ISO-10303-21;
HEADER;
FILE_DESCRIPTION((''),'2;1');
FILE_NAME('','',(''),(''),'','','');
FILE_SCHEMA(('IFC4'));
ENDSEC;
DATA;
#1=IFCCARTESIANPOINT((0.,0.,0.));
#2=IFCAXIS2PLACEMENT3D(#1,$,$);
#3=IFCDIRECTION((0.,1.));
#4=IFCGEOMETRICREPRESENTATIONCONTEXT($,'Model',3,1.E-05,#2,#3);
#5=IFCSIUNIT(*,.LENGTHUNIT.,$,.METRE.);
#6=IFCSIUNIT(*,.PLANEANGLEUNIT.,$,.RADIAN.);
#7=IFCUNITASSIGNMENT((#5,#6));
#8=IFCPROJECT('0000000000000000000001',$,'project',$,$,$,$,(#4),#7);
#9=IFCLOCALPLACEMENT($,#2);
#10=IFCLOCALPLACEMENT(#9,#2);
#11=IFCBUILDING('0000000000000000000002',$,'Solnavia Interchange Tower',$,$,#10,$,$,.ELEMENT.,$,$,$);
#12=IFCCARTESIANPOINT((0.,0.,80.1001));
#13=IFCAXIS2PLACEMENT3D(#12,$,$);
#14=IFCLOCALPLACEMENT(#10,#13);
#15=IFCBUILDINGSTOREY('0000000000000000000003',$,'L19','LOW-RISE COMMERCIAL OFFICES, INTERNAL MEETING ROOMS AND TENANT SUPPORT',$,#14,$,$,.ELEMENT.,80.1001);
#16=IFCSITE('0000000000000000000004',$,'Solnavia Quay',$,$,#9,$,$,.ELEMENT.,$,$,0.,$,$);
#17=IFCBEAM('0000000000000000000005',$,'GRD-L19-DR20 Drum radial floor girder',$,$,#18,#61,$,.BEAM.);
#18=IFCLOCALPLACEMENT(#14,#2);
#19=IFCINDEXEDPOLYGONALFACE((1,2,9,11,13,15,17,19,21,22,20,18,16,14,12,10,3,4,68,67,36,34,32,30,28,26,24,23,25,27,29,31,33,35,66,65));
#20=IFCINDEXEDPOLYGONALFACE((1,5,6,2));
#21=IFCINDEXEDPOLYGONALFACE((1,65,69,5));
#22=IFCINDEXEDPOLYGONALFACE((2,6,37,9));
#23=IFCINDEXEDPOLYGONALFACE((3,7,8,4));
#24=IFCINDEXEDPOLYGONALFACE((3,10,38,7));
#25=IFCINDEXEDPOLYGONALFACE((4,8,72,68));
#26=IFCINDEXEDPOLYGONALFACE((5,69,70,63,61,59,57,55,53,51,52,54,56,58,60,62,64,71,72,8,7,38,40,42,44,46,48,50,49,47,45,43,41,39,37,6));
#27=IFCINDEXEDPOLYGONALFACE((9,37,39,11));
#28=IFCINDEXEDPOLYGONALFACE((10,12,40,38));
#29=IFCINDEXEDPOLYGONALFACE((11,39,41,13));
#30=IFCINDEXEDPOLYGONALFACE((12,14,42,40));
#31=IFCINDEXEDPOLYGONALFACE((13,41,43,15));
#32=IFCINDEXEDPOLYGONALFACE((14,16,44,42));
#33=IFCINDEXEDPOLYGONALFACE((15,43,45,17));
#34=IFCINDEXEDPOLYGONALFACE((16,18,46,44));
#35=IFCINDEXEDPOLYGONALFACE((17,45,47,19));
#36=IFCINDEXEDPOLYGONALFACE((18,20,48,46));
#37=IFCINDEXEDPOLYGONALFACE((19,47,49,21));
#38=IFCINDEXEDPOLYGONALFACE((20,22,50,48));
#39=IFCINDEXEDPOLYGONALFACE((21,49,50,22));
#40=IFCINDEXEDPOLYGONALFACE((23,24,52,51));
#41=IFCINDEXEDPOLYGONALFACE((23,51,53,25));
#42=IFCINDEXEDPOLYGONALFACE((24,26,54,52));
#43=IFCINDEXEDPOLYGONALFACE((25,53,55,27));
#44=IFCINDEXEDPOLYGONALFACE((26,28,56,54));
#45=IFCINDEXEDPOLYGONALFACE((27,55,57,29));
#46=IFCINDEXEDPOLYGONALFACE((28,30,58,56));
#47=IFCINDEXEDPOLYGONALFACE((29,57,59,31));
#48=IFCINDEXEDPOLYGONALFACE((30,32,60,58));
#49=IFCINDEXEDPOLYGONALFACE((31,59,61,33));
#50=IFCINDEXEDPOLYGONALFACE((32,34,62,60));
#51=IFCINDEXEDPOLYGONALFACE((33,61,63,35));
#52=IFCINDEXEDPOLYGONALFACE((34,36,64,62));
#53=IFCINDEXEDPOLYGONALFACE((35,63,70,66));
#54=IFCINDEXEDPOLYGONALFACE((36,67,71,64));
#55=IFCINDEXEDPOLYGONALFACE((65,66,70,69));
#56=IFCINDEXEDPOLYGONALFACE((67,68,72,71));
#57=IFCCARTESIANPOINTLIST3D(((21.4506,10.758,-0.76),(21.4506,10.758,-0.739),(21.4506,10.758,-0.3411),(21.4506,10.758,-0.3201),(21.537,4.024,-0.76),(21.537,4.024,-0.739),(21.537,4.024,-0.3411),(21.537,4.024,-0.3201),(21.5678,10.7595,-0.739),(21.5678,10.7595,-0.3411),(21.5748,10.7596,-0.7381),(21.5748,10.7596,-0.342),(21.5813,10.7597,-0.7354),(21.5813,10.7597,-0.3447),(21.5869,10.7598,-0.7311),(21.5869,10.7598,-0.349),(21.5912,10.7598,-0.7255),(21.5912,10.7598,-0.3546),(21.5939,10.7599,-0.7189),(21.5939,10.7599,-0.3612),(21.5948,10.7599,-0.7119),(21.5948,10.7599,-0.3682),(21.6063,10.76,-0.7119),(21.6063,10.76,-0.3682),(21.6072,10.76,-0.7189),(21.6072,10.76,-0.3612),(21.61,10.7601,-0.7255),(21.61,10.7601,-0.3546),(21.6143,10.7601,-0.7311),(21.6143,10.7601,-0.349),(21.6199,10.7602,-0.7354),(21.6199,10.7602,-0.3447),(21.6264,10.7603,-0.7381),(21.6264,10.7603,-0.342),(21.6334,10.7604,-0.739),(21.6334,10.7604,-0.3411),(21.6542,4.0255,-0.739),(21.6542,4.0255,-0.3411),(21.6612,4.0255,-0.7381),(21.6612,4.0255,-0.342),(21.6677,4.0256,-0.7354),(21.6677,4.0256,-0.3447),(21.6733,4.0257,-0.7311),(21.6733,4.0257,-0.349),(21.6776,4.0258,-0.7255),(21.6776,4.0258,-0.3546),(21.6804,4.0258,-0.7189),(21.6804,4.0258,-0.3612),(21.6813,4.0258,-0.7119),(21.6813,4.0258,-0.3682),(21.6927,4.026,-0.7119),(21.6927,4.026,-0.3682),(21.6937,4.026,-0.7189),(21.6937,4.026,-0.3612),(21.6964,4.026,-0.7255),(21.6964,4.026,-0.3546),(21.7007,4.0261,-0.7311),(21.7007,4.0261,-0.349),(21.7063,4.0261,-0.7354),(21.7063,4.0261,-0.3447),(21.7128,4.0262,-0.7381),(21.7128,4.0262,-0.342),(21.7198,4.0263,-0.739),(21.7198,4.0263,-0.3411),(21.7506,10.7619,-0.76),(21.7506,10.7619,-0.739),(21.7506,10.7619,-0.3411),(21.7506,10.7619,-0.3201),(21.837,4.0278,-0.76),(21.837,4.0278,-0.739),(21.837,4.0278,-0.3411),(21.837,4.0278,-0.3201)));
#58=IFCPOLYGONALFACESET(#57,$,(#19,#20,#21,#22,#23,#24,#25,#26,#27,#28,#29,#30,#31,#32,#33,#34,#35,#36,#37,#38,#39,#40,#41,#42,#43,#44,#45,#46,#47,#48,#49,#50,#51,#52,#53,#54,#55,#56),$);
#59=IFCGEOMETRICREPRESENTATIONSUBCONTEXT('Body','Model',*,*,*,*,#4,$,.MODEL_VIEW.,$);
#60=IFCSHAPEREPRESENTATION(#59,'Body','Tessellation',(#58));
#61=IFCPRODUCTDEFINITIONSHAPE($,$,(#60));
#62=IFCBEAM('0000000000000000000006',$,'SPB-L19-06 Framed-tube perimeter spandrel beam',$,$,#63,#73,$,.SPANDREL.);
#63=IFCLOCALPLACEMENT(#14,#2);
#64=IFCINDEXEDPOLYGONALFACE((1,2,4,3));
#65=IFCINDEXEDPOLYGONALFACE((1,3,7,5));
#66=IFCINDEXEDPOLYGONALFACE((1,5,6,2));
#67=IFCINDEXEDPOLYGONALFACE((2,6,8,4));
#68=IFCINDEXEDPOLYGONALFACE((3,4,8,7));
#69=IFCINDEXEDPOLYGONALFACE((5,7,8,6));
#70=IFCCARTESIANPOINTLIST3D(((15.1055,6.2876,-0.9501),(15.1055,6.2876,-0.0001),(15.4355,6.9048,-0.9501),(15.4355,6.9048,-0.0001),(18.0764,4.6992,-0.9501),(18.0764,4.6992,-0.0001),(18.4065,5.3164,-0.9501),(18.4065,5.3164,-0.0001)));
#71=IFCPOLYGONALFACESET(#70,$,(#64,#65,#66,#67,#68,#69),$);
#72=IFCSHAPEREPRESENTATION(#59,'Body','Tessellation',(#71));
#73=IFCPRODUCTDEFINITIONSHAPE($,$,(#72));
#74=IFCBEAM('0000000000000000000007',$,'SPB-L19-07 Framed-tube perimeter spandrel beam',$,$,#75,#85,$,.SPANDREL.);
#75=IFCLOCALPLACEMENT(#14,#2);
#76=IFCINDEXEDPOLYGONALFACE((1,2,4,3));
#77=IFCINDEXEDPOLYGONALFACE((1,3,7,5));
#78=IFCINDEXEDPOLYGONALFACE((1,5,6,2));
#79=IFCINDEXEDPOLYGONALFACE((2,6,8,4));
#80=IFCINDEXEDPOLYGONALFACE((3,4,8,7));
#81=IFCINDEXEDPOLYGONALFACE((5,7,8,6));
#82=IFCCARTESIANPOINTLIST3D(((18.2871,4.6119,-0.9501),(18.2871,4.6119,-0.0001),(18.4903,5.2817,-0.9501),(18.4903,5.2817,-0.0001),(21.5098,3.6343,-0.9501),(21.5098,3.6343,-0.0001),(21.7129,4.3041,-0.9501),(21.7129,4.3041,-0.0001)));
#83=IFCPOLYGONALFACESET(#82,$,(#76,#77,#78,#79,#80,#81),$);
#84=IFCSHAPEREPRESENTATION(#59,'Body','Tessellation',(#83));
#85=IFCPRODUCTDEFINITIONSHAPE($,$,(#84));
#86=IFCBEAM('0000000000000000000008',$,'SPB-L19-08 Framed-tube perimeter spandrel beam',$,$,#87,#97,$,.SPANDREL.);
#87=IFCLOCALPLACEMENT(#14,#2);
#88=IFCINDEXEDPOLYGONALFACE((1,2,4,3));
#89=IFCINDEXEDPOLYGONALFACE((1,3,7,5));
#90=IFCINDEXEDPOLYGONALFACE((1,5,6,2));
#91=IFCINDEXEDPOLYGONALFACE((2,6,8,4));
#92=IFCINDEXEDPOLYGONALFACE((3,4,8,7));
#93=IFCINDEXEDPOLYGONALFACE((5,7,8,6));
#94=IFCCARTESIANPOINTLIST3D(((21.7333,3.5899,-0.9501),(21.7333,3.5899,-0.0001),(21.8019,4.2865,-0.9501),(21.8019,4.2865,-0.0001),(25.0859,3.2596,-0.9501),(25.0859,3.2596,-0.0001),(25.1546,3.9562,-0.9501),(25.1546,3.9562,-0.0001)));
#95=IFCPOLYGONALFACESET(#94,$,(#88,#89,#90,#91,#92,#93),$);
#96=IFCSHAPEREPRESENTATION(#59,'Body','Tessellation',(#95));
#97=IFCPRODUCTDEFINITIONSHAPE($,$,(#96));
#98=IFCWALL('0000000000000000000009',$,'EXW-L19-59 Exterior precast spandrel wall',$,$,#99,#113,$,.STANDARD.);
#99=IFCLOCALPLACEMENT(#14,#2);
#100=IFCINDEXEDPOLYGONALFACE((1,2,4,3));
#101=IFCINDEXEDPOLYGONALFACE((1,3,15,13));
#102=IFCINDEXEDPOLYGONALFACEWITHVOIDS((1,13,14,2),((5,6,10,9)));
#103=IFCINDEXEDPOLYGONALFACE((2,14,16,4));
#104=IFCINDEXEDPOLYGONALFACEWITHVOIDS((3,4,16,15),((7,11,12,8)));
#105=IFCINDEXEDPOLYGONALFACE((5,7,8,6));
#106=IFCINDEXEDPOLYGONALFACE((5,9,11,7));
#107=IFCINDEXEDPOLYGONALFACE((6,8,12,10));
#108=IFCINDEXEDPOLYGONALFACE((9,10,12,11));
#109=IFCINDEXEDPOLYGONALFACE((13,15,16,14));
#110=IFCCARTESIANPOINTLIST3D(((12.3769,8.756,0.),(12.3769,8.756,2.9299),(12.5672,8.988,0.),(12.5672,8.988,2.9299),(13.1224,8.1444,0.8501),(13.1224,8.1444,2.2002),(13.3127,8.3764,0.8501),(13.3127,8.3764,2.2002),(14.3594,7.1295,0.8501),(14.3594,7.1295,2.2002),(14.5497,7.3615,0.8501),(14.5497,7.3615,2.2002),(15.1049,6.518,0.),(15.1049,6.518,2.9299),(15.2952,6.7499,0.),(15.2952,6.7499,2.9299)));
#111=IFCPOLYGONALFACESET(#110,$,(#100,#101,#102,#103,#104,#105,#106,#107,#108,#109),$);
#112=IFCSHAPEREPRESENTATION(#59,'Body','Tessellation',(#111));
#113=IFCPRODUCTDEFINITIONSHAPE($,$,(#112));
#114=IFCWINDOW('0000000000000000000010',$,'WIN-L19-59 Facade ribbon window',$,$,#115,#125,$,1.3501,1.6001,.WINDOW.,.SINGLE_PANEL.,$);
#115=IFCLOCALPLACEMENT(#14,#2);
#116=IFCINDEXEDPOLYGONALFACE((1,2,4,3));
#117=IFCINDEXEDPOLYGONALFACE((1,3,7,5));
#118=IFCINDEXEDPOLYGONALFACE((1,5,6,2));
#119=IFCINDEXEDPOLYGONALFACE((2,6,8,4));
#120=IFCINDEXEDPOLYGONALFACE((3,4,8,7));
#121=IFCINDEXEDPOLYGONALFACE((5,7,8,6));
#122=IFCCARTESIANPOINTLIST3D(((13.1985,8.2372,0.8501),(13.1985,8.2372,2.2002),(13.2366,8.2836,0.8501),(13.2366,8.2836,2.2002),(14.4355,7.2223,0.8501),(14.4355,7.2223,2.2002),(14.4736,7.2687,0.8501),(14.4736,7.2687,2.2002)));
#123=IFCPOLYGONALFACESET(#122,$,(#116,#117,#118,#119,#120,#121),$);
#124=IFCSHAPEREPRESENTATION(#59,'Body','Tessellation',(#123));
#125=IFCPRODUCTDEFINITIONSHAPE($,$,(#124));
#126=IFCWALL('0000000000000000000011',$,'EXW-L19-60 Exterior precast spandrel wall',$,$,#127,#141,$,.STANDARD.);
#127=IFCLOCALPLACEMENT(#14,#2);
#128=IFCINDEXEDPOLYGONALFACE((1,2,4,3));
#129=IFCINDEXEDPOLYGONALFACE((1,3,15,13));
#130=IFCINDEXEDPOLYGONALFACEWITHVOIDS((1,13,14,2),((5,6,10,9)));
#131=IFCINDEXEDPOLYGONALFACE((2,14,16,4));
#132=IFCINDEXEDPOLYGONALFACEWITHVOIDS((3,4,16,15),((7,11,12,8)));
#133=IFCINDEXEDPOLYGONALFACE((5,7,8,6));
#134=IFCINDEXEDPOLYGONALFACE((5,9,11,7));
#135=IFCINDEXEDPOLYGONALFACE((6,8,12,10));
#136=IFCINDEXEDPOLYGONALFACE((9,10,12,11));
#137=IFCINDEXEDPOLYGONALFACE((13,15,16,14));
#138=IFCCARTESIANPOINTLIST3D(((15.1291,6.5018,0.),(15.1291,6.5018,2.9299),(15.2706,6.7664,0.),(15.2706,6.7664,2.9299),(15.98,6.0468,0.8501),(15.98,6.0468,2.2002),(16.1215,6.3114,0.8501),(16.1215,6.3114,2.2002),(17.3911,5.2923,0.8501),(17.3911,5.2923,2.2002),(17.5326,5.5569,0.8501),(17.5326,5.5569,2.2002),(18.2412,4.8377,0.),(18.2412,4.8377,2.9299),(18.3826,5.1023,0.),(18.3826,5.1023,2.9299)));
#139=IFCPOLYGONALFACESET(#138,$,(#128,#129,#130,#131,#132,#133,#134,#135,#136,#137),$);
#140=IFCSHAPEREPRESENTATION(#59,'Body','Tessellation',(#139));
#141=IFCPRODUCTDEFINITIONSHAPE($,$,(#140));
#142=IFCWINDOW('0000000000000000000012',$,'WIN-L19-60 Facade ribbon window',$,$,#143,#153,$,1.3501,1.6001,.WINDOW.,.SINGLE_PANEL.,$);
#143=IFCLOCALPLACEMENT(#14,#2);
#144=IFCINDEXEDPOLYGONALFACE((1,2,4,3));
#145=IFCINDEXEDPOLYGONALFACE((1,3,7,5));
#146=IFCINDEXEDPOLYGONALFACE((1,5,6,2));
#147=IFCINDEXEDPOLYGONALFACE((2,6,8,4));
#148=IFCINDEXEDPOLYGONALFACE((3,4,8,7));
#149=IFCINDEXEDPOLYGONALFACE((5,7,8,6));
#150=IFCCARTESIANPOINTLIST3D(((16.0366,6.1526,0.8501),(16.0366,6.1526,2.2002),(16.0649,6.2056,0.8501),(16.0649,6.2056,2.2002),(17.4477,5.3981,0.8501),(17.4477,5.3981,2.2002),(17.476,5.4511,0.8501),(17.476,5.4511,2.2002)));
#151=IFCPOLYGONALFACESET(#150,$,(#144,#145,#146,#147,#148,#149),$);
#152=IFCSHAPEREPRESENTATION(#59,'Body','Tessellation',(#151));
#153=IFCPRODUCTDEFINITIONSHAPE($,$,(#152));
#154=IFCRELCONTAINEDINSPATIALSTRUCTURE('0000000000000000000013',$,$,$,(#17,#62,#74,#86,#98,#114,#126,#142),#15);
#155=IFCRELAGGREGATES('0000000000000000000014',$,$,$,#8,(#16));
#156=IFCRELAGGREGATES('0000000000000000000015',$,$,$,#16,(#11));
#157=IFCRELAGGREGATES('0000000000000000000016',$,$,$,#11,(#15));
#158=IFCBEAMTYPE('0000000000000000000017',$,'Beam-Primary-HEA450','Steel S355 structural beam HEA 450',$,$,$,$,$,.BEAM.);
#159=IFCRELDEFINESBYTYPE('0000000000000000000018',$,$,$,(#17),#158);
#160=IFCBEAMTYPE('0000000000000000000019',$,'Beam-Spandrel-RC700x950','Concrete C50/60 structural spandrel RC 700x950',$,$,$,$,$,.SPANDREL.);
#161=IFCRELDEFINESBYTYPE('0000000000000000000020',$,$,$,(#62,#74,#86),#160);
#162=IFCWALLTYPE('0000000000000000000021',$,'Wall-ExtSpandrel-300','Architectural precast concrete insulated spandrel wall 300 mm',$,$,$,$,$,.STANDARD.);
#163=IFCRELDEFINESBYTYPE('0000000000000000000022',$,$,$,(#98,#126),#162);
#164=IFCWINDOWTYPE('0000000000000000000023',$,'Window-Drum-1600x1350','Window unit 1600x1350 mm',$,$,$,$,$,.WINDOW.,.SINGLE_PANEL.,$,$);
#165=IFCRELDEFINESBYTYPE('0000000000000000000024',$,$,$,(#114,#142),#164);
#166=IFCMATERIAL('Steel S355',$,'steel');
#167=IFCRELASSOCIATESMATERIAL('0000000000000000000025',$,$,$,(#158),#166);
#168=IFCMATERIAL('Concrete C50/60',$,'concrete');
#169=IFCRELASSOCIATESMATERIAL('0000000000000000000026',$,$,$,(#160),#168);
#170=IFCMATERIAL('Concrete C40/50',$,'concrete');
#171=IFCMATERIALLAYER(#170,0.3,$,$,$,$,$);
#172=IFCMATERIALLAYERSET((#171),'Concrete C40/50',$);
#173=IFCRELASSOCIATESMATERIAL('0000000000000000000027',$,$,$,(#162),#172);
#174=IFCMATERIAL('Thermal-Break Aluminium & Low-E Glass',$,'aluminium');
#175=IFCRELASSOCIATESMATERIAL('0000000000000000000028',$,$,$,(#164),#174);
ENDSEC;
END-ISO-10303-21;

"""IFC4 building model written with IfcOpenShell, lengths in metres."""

from ifc_helpers import new_model, si_unit, direction, frame, frame_2d, origin, origin_2d, place, context, subcontext, project, spatial, rectangle, i_section, extrude, material, layer, layer_set, material_profile, profile_set, type_object, element, fill, save


model = new_model("IFC4")

# Units and contexts
model_context = context("Model", 3, precision=1e-05, world=origin(), true_north=direction((0.0, 1.0)))
body_context = subcontext(model_context, "Body", "Model", "MODEL_VIEW")
ifc_project = project(units=[si_unit("LENGTHUNIT", "METRE"), si_unit("PLANEANGLEUNIT", "RADIAN")], contexts=[model_context])

# Site, building, storey
site_placement = place(None, origin())
site = spatial("IfcSite", under=ifc_project, at=site_placement, Name="Solnavia Quay", CompositionType="ELEMENT", RefElevation=0.0)
building_placement = place(site_placement, origin())
building = spatial("IfcBuilding", under=site, at=building_placement, Name="Solnavia Interchange Tower", CompositionType="ELEMENT")
storey_placement = place(building_placement, frame((0.0, 0.0, 80.1001)))
storey = spatial("IfcBuildingStorey", under=building, at=storey_placement, Name="L19", Description="LOW-RISE COMMERCIAL OFFICES, INTERNAL MEETING ROOMS AND TENANT SUPPORT", CompositionType="ELEMENT", Elevation=80.1001)

# Shared definitions
ifc_material_1 = material(Name="Steel S355", Category="steel")

# Beams
ifc_material_profile_1 = material_profile(ifc_material_1, i_section(OverallWidth=0.3, OverallDepth=0.4399, WebThickness=0.0115, FlangeThickness=0.021, FilletRadius=0.0271, at=origin_2d()), Name="HEA 450")
ifc_profile_set_1 = profile_set([ifc_material_profile_1], Name="Steel S355")
beam_type_1 = type_object("IfcBeamType", Name="Beam-Primary-HEA450", Description="Steel S355 structural beam HEA 450", PredefinedType="BEAM", material=ifc_profile_set_1)
beam_1_placement = place(storey_placement, frame((21.687, 4.0259, -0.54), z_axis=(-0.012833, 0.999918, 0.0), x_axis=(-0.999918, -0.012833, 0.0)))
element("IfcBeam", 1, at=beam_1_placement, inside=storey, type_object=beam_type_1, Name="GRD-L19-DR20 Drum radial floor girder", PredefinedType="BEAM", context=body_context, shape_type="SweptSolid", body=[
    extrude(i_section(OverallWidth=0.3, OverallDepth=0.4399, WebThickness=0.0115, FlangeThickness=0.021, FilletRadius=0.0271, at=origin_2d()), origin(), (0.0, 0.0, 1.0), 6.7346),
])
ifc_material_2 = material(Name="Concrete C50/60", Category="concrete")
ifc_material_profile_2 = material_profile(ifc_material_2, rectangle(XDim=0.7, YDim=0.95, at=origin_2d()), Name="RC 700x950")
ifc_profile_set_2 = profile_set([ifc_material_profile_2], Name="Concrete C50/60")
beam_type_2 = type_object("IfcBeamType", Name="Beam-Spandrel-RC700x950", Description="Concrete C50/60 structural spandrel RC 700x950", PredefinedType="SPANDREL", material=ifc_profile_set_2)
beam_2_placement = place(storey_placement, frame((15.2705, 6.5962, -0.4751), z_axis=(0.881875, -0.471483, 0.0), x_axis=(0.471483, 0.881875, 0.0)))
element("IfcBeam", 2, at=beam_2_placement, inside=storey, type_object=beam_type_2, Name="SPB-L19-06 Framed-tube perimeter spandrel beam", PredefinedType="SPANDREL", context=body_context, shape_type="SweptSolid", body=[
    extrude(rectangle(XDim=0.7, YDim=0.95, at=origin_2d()), origin(), (0.0, 0.0, 1.0), 3.3689),
])
beam_3_placement = place(storey_placement, frame((18.3887, 4.9468, -0.4751), z_axis=(0.956944, -0.290273, 0.0), x_axis=(0.290273, 0.956944, 0.0)))
element("IfcBeam", 3, at=beam_3_placement, inside=storey, type_object=beam_type_2, Name="SPB-L19-07 Framed-tube perimeter spandrel beam", PredefinedType="SPANDREL", context=body_context, shape_type="SweptSolid", body=[
    extrude(rectangle(XDim=0.7, YDim=0.95, at=origin_2d()), origin(), (0.0, 0.0, 1.0), 3.3677),
])
beam_4_placement = place(storey_placement, frame((21.7676, 3.9382, -0.4751), z_axis=(0.995182, -0.098047, 0.0), x_axis=(0.098047, 0.995182, 0.0)))
element("IfcBeam", 4, at=beam_4_placement, inside=storey, type_object=beam_type_2, Name="SPB-L19-08 Framed-tube perimeter spandrel beam", PredefinedType="SPANDREL", context=body_context, shape_type="SweptSolid", body=[
    extrude(rectangle(XDim=0.7, YDim=0.95, at=origin_2d()), origin(), (0.0, 0.0, 1.0), 3.3689),
])

# Walls, openings, windows
ifc_material_3 = material(Name="Concrete C40/50", Category="concrete")
ifc_layer_1 = layer(ifc_material_3, 0.3)
ifc_layer_set_1 = layer_set([ifc_layer_1], Name="Concrete C40/50")
wall_type_1 = type_object("IfcWallType", Name="Wall-ExtSpandrel-300", Description="Architectural precast concrete insulated spandrel wall 300 mm", PredefinedType="STANDARD", material=ifc_layer_set_1)
wall_1_placement = place(storey_placement, frame((15.2, 6.634, 0.0), z_axis=(0.0, 0.0, 1.0), x_axis=(-0.773121, 0.634258, 0.0)))
wall_1 = element("IfcWall", 5, at=wall_1_placement, inside=storey, type_object=wall_type_1, Name="EXW-L19-59 Exterior precast spandrel wall", PredefinedType="STANDARD", context=body_context, shape_type="SweptSolid", body=[
    extrude(rectangle(XDim=3.5286, YDim=0.3, at=frame_2d((1.7642, 0.0))), origin(), (0.0, 0.0, 1.0), 2.9299),
])
opening_1_placement = place(wall_1_placement, frame((0.9641, 0.0, 0.8501)))
opening_1 = element("IfcOpeningElement", 6, at=opening_1_placement, cuts=wall_1, PredefinedType="OPENING", context=body_context, shape_type="SweptSolid", body=[
    extrude(rectangle(XDim=1.6001, YDim=1.3501, at=frame_2d((0.8, 0.675))), frame((0.0, 0.1602, 0.0), z_axis=(0.0, -1.0, 0.0), x_axis=(1.0, 0.0, 0.0)), (0.0, 0.0, 1.0), 0.3201),
])
ifc_material_4 = material(Name="Thermal-Break Aluminium & Low-E Glass", Category="aluminium")
window_type = type_object("IfcWindowType", Name="Window-Drum-1600x1350", Description="Window unit 1600x1350 mm", PartitioningType="SINGLE_PANEL", PredefinedType="WINDOW", material=ifc_material_4)
window_1_placement = place(opening_1_placement, origin())
window_1 = element("IfcWindow", 7, at=window_1_placement, inside=storey, type_object=window_type, Name="WIN-L19-59 Facade ribbon window", OverallHeight=1.3501, OverallWidth=1.6001, PartitioningType="SINGLE_PANEL", PredefinedType="WINDOW", context=body_context, shape_type="SweptSolid", body=[
    extrude(rectangle(XDim=1.6001, YDim=1.3501, at=frame_2d((0.8, 0.675))), frame((0.0, 0.03, 0.0), z_axis=(0.0, -1.0, 0.0), x_axis=(1.0, 0.0, 0.0)), (0.0, 0.0, 1.0), 0.0601),
])
fill(opening_1, window_1)
wall_2_placement = place(storey_placement, frame((18.312, 4.97, 0.0), z_axis=(0.0, 0.0, 1.0), x_axis=(-0.881847, 0.471536, 0.0)))
wall_2 = element("IfcWall", 8, at=wall_2_placement, inside=storey, type_object=wall_type_1, Name="EXW-L19-60 Exterior precast spandrel wall", PredefinedType="STANDARD", context=body_context, shape_type="SweptSolid", body=[
    extrude(rectangle(XDim=3.5291, YDim=0.3, at=frame_2d((1.7646, 0.0))), origin(), (0.0, 0.0, 1.0), 2.9299),
])
opening_2_placement = place(wall_2_placement, frame((0.9641, 0.0, 0.8501)))
opening_2 = element("IfcOpeningElement", 9, at=opening_2_placement, cuts=wall_2, PredefinedType="OPENING", context=body_context, shape_type="SweptSolid", body=[
    extrude(rectangle(XDim=1.6001, YDim=1.3501, at=frame_2d((0.8, 0.675))), frame((0.0, 0.1602, 0.0), z_axis=(0.0, -1.0, 0.0), x_axis=(1.0, 0.0, 0.0)), (0.0, 0.0, 1.0), 0.3201),
])
window_2_placement = place(opening_2_placement, origin())
window_2 = element("IfcWindow", 10, at=window_2_placement, inside=storey, type_object=window_type, Name="WIN-L19-60 Facade ribbon window", OverallHeight=1.3501, OverallWidth=1.6001, PartitioningType="SINGLE_PANEL", PredefinedType="WINDOW", context=body_context, shape_type="SweptSolid", body=[
    extrude(rectangle(XDim=1.6001, YDim=1.3501, at=frame_2d((0.8, 0.675))), frame((0.0, 0.03, 0.0), z_axis=(0.0, -1.0, 0.0), x_axis=(1.0, 0.0, 0.0)), (0.0, 0.0, 1.0), 0.0601),
])
fill(opening_2, window_2)

save(model, "model.ifc")
